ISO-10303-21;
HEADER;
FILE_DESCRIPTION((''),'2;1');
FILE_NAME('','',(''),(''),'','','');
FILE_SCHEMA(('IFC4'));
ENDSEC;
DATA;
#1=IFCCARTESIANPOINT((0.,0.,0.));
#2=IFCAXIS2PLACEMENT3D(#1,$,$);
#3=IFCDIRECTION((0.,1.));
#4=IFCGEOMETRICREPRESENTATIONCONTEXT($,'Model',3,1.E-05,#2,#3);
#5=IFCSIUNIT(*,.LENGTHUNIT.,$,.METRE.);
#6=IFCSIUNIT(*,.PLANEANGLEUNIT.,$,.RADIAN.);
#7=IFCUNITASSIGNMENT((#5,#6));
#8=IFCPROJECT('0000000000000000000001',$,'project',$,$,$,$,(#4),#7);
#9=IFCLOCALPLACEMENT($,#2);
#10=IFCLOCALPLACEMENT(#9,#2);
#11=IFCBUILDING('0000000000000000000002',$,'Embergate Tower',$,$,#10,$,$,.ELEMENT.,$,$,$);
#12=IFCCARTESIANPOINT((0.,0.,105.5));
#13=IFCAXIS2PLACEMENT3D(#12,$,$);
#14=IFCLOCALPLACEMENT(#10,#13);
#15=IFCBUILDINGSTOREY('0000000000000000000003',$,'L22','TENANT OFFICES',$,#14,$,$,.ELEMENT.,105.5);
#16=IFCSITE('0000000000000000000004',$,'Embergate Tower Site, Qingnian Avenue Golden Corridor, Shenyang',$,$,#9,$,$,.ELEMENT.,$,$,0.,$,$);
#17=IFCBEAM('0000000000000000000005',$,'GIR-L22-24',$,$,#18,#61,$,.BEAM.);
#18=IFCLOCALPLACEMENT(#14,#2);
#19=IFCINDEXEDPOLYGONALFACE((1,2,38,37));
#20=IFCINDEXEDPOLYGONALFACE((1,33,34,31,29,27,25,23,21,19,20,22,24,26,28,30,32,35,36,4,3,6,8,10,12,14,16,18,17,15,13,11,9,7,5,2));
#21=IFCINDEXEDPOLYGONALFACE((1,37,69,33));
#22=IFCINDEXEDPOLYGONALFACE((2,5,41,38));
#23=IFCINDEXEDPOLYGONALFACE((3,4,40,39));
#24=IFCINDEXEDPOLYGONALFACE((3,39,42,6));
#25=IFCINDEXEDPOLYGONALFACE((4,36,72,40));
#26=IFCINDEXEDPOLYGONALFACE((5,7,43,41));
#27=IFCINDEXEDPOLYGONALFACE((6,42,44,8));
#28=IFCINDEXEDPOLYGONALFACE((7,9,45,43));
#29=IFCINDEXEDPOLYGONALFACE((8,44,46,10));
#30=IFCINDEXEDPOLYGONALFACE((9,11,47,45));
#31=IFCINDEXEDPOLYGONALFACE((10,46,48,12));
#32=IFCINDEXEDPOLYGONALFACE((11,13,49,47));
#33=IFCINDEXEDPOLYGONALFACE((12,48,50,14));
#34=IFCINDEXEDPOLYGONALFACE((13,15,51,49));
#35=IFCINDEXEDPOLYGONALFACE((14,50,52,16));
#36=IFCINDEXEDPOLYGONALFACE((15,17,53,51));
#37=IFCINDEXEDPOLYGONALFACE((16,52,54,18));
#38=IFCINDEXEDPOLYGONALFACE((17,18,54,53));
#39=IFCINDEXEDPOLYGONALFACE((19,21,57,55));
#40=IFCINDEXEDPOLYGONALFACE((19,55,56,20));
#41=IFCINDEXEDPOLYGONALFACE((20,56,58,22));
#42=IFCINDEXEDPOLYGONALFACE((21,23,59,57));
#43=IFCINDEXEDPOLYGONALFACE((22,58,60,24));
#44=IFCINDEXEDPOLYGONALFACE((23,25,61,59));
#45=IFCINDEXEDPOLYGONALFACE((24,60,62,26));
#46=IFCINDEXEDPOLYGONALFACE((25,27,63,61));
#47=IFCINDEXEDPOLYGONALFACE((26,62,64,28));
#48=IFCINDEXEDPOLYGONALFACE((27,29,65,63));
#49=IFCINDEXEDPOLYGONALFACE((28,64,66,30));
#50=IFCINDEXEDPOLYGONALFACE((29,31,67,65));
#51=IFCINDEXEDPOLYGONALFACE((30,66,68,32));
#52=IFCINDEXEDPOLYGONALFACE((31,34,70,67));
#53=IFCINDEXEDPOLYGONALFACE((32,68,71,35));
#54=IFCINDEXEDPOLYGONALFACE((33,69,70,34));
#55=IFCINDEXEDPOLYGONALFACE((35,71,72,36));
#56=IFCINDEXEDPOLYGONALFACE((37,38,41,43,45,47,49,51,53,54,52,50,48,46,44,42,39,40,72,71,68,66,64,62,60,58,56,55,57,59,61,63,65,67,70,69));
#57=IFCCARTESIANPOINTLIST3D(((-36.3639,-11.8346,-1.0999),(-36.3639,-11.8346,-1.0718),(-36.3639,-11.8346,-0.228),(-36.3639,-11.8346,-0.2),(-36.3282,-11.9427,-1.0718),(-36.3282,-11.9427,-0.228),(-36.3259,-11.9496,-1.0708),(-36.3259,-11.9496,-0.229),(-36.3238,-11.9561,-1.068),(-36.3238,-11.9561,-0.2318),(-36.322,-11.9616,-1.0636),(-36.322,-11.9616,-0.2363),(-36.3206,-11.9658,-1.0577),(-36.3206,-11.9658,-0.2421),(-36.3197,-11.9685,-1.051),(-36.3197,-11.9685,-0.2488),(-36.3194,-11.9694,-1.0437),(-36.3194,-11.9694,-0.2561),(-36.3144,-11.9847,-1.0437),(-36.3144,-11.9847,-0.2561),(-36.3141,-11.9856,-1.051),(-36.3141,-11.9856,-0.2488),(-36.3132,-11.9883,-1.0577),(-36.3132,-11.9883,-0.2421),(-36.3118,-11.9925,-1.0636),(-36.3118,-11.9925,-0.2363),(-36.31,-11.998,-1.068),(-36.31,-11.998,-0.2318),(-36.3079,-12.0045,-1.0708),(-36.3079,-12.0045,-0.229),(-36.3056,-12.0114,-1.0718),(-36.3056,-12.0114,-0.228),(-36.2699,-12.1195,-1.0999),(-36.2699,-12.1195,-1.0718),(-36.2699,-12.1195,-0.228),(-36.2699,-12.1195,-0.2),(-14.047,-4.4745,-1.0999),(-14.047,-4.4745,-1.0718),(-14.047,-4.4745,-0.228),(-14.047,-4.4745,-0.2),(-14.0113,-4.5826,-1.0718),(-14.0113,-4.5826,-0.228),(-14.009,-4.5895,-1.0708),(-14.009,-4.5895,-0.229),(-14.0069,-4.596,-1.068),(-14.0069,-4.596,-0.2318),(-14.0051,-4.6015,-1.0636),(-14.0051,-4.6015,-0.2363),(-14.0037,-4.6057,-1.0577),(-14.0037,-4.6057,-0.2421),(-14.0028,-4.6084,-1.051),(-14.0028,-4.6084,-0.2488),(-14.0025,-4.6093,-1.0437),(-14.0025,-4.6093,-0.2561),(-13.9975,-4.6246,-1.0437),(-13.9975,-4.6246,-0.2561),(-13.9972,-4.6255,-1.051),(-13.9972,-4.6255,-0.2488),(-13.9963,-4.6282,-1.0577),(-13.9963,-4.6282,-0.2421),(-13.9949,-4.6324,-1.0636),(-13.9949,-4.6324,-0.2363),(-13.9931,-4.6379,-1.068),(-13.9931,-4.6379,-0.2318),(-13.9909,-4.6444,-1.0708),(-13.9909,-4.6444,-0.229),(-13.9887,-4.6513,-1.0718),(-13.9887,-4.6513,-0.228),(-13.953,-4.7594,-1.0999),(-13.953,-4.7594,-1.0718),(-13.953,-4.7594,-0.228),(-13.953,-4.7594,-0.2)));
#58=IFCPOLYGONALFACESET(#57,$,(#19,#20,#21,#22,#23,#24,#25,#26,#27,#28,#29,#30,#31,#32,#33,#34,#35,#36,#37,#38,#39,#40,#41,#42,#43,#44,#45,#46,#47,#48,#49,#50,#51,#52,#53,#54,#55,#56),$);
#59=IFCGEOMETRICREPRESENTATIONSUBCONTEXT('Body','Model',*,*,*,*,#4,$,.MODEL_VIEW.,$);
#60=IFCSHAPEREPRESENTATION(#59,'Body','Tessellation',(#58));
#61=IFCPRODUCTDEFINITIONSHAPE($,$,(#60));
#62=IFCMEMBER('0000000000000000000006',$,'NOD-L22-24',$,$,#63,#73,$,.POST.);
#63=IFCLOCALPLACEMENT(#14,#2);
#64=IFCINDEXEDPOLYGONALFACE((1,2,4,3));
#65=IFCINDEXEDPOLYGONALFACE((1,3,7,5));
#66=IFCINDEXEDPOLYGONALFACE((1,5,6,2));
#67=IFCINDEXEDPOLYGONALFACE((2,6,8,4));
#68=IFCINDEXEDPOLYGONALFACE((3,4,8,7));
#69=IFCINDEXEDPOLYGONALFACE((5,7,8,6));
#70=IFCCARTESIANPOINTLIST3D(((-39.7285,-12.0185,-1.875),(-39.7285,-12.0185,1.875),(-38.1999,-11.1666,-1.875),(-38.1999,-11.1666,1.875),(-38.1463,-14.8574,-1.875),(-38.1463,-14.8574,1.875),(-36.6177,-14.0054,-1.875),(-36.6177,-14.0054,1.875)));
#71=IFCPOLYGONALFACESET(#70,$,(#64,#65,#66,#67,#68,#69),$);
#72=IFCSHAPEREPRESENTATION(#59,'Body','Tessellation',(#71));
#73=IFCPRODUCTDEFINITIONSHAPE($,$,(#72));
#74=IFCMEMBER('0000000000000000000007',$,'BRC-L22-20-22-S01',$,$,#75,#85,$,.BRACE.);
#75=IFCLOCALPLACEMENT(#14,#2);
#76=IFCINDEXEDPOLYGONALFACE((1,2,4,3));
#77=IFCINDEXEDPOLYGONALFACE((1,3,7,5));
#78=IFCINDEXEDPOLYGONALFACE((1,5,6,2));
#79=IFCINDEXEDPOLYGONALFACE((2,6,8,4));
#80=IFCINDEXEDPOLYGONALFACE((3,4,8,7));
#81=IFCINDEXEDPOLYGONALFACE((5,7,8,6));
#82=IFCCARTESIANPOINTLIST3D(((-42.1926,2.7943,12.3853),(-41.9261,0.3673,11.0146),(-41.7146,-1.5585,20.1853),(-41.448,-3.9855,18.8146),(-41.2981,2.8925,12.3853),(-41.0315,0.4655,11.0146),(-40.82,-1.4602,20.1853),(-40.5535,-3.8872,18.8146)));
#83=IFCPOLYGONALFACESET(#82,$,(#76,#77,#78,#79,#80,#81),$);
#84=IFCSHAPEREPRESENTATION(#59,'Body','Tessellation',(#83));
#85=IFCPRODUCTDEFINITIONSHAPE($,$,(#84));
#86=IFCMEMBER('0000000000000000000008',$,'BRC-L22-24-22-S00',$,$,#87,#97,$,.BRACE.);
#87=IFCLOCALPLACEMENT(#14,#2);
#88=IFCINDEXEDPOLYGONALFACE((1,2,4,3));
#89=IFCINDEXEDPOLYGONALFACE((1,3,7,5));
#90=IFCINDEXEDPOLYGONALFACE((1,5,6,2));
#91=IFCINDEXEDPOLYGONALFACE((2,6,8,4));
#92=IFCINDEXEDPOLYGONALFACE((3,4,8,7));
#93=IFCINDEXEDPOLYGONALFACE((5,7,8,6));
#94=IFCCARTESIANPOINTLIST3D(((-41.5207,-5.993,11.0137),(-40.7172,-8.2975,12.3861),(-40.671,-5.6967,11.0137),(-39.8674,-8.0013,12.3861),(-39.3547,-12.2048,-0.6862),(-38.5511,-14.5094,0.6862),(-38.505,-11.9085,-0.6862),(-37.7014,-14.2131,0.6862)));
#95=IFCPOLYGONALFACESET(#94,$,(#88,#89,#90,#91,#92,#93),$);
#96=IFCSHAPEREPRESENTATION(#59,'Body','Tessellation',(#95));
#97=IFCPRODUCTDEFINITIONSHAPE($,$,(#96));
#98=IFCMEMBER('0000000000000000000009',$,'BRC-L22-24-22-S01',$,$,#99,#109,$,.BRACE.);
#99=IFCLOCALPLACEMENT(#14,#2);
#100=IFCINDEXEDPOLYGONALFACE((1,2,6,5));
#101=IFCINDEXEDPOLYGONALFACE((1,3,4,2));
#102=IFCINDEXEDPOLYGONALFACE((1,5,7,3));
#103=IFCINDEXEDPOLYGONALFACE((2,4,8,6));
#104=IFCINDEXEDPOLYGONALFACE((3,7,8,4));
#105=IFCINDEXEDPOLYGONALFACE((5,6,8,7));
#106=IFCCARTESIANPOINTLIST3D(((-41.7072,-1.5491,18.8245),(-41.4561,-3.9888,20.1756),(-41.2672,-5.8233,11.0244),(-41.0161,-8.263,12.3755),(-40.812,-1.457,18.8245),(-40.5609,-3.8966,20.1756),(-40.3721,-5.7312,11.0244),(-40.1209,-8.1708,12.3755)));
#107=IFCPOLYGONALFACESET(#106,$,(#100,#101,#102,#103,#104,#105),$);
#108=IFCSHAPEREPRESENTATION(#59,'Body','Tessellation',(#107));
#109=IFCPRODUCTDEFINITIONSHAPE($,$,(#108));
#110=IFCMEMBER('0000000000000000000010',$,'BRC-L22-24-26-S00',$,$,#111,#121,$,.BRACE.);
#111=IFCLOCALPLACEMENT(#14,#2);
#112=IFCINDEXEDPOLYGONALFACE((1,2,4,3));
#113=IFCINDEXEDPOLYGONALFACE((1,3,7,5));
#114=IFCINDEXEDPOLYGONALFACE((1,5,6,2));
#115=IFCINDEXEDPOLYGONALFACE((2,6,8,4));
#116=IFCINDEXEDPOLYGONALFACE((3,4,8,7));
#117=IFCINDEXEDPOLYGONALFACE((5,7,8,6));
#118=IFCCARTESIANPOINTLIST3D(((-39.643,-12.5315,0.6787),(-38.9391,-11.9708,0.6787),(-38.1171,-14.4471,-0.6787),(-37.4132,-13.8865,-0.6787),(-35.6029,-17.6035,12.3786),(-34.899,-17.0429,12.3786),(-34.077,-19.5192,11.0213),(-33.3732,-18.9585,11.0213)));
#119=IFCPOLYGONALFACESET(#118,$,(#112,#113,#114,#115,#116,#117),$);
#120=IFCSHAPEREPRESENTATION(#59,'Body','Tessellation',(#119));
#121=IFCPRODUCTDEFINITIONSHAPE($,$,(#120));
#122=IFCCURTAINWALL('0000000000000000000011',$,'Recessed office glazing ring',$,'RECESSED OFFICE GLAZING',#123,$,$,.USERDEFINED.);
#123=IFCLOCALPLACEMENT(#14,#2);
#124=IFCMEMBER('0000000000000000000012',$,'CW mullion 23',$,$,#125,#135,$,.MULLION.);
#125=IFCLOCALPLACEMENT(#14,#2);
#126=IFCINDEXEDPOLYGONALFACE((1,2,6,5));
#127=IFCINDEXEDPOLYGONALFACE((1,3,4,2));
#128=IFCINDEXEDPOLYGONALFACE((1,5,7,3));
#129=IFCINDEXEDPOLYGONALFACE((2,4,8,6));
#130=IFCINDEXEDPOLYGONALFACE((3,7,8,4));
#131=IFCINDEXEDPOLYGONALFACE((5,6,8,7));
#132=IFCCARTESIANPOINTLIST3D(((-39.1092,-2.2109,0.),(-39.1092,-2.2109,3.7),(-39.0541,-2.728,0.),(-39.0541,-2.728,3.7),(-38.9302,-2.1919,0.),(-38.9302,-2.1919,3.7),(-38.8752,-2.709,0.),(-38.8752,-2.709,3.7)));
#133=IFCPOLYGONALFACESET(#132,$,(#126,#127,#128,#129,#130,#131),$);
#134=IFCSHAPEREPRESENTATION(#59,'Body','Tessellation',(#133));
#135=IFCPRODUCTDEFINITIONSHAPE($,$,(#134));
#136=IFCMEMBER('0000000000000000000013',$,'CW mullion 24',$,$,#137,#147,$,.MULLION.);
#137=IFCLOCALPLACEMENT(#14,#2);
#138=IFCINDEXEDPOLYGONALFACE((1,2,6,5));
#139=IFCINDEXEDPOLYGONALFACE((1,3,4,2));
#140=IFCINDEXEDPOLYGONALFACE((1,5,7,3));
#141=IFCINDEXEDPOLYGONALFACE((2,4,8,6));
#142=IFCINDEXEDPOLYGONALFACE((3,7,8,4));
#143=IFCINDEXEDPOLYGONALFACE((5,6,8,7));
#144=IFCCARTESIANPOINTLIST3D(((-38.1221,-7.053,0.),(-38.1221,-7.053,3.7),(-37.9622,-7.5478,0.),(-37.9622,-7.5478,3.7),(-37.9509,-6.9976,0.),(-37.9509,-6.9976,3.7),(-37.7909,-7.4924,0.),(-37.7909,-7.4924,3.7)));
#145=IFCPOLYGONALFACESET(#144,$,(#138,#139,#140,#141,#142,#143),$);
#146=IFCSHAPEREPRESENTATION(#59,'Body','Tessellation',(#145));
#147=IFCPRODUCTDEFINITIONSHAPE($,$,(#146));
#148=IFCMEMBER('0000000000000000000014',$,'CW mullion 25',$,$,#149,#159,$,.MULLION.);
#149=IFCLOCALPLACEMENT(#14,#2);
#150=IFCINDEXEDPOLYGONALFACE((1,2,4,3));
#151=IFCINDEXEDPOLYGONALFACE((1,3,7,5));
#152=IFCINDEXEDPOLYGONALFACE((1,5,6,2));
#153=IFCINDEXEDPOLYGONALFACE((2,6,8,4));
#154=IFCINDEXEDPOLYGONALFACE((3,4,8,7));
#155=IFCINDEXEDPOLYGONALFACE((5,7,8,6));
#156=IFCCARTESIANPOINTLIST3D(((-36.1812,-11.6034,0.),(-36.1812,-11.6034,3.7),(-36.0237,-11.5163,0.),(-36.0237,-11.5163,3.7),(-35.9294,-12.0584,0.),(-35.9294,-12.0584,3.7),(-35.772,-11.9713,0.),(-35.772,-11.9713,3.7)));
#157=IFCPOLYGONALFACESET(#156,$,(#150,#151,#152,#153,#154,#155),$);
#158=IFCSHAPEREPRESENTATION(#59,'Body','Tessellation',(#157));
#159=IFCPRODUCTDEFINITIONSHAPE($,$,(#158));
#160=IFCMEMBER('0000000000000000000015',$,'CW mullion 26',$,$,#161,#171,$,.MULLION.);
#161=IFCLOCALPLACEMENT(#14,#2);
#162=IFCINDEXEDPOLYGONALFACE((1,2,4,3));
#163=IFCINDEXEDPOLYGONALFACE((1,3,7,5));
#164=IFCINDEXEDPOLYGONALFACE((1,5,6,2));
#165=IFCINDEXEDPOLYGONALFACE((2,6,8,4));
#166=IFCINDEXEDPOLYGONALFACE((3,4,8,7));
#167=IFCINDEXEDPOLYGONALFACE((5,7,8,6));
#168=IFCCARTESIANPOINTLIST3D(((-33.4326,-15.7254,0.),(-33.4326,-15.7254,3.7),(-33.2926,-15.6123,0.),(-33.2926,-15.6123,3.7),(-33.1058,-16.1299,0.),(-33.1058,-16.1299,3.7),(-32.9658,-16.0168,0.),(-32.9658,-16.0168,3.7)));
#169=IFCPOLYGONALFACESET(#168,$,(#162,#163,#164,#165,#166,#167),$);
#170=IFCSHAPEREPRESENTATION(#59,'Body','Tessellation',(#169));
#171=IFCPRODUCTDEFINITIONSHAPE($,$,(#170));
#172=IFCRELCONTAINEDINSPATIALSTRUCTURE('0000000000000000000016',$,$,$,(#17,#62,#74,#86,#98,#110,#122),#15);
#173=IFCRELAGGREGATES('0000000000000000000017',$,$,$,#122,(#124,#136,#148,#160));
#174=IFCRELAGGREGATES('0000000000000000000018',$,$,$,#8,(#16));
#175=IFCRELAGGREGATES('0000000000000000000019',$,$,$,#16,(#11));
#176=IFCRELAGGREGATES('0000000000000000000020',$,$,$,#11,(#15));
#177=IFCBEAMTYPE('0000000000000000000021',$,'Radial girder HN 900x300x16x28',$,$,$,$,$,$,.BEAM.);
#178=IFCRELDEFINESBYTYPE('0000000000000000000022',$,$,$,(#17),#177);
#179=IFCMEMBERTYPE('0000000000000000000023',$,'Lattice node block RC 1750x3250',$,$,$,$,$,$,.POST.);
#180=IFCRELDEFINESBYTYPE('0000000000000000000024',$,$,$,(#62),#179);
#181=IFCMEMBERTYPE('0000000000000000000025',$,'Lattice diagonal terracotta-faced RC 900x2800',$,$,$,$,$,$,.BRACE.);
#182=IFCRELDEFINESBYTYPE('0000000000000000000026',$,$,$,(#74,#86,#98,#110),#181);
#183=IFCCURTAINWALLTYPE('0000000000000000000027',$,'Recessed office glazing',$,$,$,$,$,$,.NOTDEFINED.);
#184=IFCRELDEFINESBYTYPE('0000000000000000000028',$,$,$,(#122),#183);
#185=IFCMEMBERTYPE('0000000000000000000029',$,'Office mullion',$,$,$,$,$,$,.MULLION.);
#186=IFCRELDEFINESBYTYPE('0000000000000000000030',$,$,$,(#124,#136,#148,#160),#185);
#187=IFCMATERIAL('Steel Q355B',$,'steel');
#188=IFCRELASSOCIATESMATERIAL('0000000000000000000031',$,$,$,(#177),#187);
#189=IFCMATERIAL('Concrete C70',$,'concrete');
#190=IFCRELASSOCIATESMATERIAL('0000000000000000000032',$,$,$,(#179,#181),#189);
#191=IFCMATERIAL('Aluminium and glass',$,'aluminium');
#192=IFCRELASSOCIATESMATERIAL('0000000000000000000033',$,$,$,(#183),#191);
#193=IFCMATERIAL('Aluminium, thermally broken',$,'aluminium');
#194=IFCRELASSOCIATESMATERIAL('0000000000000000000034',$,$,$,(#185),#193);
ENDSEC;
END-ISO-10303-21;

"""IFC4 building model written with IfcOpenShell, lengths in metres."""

from ifc_helpers import new_model, si_unit, direction, frame, origin, origin_2d, place, context, subcontext, project, spatial, rectangle, i_section, extrude, source, transform, mapped, material, material_profile, profile_set, type_object, element, aggregate, save


model = new_model("IFC4")

# Units and contexts
model_context = context("Model", 3, precision=1e-05, world=origin(), true_north=direction((0.0, 1.0)))
body_context = subcontext(model_context, "Body", "Model", "MODEL_VIEW")
ifc_project = project(units=[si_unit("LENGTHUNIT", "METRE"), si_unit("PLANEANGLEUNIT", "RADIAN")], contexts=[model_context])

# Site, building, storey
site_placement = place(None, origin())
site = spatial("IfcSite", under=ifc_project, at=site_placement, Name="Embergate Tower Site, Qingnian Avenue Golden Corridor, Shenyang", CompositionType="ELEMENT", RefElevation=0.0)
building_placement = place(site_placement, origin())
building = spatial("IfcBuilding", under=site, at=building_placement, Name="Embergate Tower", CompositionType="ELEMENT")
storey_placement = place(building_placement, frame((0.0, 0.0, 105.5)))
storey = spatial("IfcBuildingStorey", under=building, at=storey_placement, Name="L22", Description="TENANT OFFICES", CompositionType="ELEMENT", Elevation=105.5)

# Shared definitions
ifc_material_1 = material(Name="Concrete C70", Category="concrete")

# Beam
ifc_material_2 = material(Name="Steel Q355B", Category="steel")
ifc_material_profile_1 = material_profile(ifc_material_2, i_section(OverallWidth=0.3, OverallDepth=0.8999, WebThickness=0.0161, FlangeThickness=0.0281, FilletRadius=0.0281, at=origin_2d()), Name="HN 900x300x16x28")
ifc_profile_set_1 = profile_set([ifc_material_profile_1], Name="Steel Q355 grade B")
beam_type_1 = type_object("IfcBeamType", Name="Radial girder HN 900x300x16x28", PredefinedType="BEAM", material=ifc_profile_set_1)
shared_shape_1 = source(origin(), body_context, "Body", "SweptSolid", [
    extrude(i_section(OverallWidth=0.3, OverallDepth=0.8999, WebThickness=0.0161, FlangeThickness=0.0281, FilletRadius=0.0281, at=origin_2d()), origin(), (0.0, 0.0, 1.0), 23.4993),
])
beam_1_placement = place(storey_placement, frame((-36.3169, -11.9771, -0.6499), z_axis=(0.949685, 0.313206, 0.0), x_axis=(-0.313206, 0.949685, 0.0)))
element("IfcBeam", 1, at=beam_1_placement, inside=storey, type_object=beam_type_1, Name="GIR-L22-24", PredefinedType="BEAM", context=body_context, shape_type="MappedRepresentation", body=[
    mapped(shared_shape_1, transform((0.0, 0.0, 0.0))),
])

# Members
ifc_material_profile_2 = material_profile(ifc_material_1, rectangle(XDim=1.75, YDim=3.25, at=origin_2d()), Name="RC 1750x3250")
ifc_profile_set_2 = profile_set([ifc_material_profile_2], Name="Concrete C70")
member_type_1 = type_object("IfcMemberType", Name="Lattice node block RC 1750x3250", PredefinedType="POST", material=ifc_profile_set_2)
shared_shape_2 = source(origin(), body_context, "Body", "SweptSolid", [
    extrude(rectangle(XDim=1.75, YDim=3.25, at=origin_2d()), origin(), (0.0, 0.0, 1.0), 3.75),
])
member_1_placement = place(storey_placement, frame((-38.1731, -13.012, -1.875), z_axis=(0.0, 0.0, 1.0), x_axis=(-0.8735, -0.486823, 0.0)))
element("IfcMember", 2, at=member_1_placement, inside=storey, type_object=member_type_1, Name="NOD-L22-24", PredefinedType="POST", context=body_context, shape_type="MappedRepresentation", body=[
    mapped(shared_shape_2, transform((0.0, 0.0, 0.0))),
])
ifc_material_profile_3 = material_profile(ifc_material_1, rectangle(XDim=0.8999, YDim=2.8, at=origin_2d()), Name="RC 900x2800")
ifc_profile_set_3 = profile_set([ifc_material_profile_3], Name="Concrete C70")
member_type_2 = type_object("IfcMemberType", Name="Lattice diagonal terracotta-faced RC 900x2800", PredefinedType="BRACE", material=ifc_profile_set_3)
shared_shape_3 = source(origin(), body_context, "Body", "SweptSolid", [
    extrude(rectangle(XDim=0.8999, YDim=2.8, at=origin_2d()), origin(), (0.0, 0.0, 1.0), 8.9451),
])
member_2_placement = place(storey_placement, frame((-41.6121, 1.6299, 11.7), z_axis=(0.05344, -0.486607, 0.871985), x_axis=(0.994024, 0.109165, 0.0)))
element("IfcMember", 3, at=member_2_placement, inside=storey, type_object=member_type_2, Name="BRC-L22-20-22-S01", PredefinedType="BRACE", context=body_context, shape_type="MappedRepresentation", body=[
    mapped(shared_shape_3, transform((0.0, 0.0, 0.0))),
])
shared_shape_4 = source(origin(), body_context, "Body", "SweptSolid", [
    extrude(rectangle(XDim=0.8999, YDim=2.8, at=origin_2d()), origin(), (0.0, 0.0, 1.0), 13.4226),
])
member_3_placement = place(storey_placement, frame((-38.5281, -13.209, 0.0), z_axis=(-0.16137, 0.462792, 0.871655), x_axis=(-0.944244, -0.329246, 0.0)))
element("IfcMember", 4, at=member_3_placement, inside=storey, type_object=member_type_2, Name="BRC-L22-24-22-S00", PredefinedType="BRACE", context=body_context, shape_type="MappedRepresentation", body=[
    mapped(shared_shape_4, transform((0.0, 0.0, 0.0))),
])
shared_shape_5 = source(origin(), body_context, "Body", "SweptSolid", [
    extrude(rectangle(XDim=0.8999, YDim=2.8, at=origin_2d()), origin(), (0.0, 0.0, 1.0), 8.9053),
])
member_4_placement = place(storey_placement, frame((-40.6941, -6.9971, 11.7), z_axis=(-0.049403, 0.479963, 0.875897), x_axis=(-0.994744, -0.102389, 0.0)))
element("IfcMember", 5, at=member_4_placement, inside=storey, type_object=member_type_2, Name="BRC-L22-24-22-S01", PredefinedType="BRACE", context=body_context, shape_type="MappedRepresentation", body=[
    mapped(shared_shape_5, transform((0.0, 0.0, 0.0))),
])
shared_shape_6 = source(origin(), body_context, "Body", "SweptSolid", [
    extrude(rectangle(XDim=0.8999, YDim=2.8, at=origin_2d()), origin(), (0.0, 0.0, 1.0), 13.3767),
])
member_5_placement = place(storey_placement, frame((-38.5281, -13.209, 0.0), z_axis=(0.302021, -0.379168, 0.874651), x_axis=(0.782189, 0.623041, 0.0)))
element("IfcMember", 6, at=member_5_placement, inside=storey, type_object=member_type_2, Name="BRC-L22-24-26-S00", PredefinedType="BRACE", context=body_context, shape_type="MappedRepresentation", body=[
    mapped(shared_shape_6, transform((0.0, 0.0, 0.0))),
])

# Curtain wall, members
ifc_material_3 = material(Name="Aluminium and glass", Category="aluminium")
curtain_wall_type = type_object("IfcCurtainWallType", Name="Recessed office glazing", PredefinedType="NOTDEFINED", material=ifc_material_3)
curtain_wall_placement = place(storey_placement, origin())
curtain_wall = element("IfcCurtainWall", 7, at=curtain_wall_placement, inside=storey, type_object=curtain_wall_type, Name="Recessed office glazing ring", ObjectType="RECESSED OFFICE GLAZING", PredefinedType="USERDEFINED")
ifc_material_4 = material(Name="Aluminium, thermally broken", Category="aluminium")
ifc_material_profile_4 = material_profile(ifc_material_4, rectangle(XDim=0.1799, YDim=0.52, at=origin_2d()), Name="AL 520x180")
ifc_profile_set_4 = profile_set([ifc_material_profile_4], Name="Aluminium, thermally broken")
member_type_3 = type_object("IfcMemberType", Name="Office mullion", PredefinedType="MULLION", material=ifc_profile_set_4)
shared_shape_7 = source(origin(), body_context, "Body", "SweptSolid", [
    extrude(rectangle(XDim=0.1799, YDim=0.52, at=origin_2d()), origin(), (0.0, 0.0, 1.0), 3.7),
])
member_6_placement = place(storey_placement, frame((-38.9922, -2.46, 0.0), z_axis=(0.0, 0.0, 1.0), x_axis=(0.994385, 0.10582, 0.0)))
member_6 = element("IfcMember", 8, at=member_6_placement, type_object=member_type_3, Name="CW mullion 23", PredefinedType="MULLION", context=body_context, shape_type="MappedRepresentation", body=[
    mapped(shared_shape_7, transform((0.0, 0.0, 0.0))),
])
member_7_placement = place(storey_placement, frame((-37.9565, -7.2727, 0.0), z_axis=(0.0, 0.0, 1.0), x_axis=(0.951502, 0.307644, 0.0)))
member_7 = element("IfcMember", 9, at=member_7_placement, type_object=member_type_3, Name="CW mullion 24", PredefinedType="MULLION", context=body_context, shape_type="MappedRepresentation", body=[
    mapped(shared_shape_7, transform((0.0, 0.0, 0.0))),
])
member_8_placement = place(storey_placement, frame((-35.9766, -11.7874, 0.0), z_axis=(0.0, 0.0, 1.0), x_axis=(0.87501, 0.484106, 0.0)))
member_8 = element("IfcMember", 10, at=member_8_placement, type_object=member_type_3, Name="CW mullion 25", PredefinedType="MULLION", context=body_context, shape_type="MappedRepresentation", body=[
    mapped(shared_shape_7, transform((0.0, 0.0, 0.0))),
])
member_9_placement = place(storey_placement, frame((-33.1992, -15.8711, 0.0), z_axis=(0.0, 0.0, 1.0), x_axis=(0.777884, 0.628408, 0.0)))
member_9 = element("IfcMember", 11, at=member_9_placement, type_object=member_type_3, Name="CW mullion 26", PredefinedType="MULLION", context=body_context, shape_type="MappedRepresentation", body=[
    mapped(shared_shape_7, transform((0.0, 0.0, 0.0))),
])
aggregate(curtain_wall, [member_6, member_7, member_8, member_9])

save(model, "model.ifc")
